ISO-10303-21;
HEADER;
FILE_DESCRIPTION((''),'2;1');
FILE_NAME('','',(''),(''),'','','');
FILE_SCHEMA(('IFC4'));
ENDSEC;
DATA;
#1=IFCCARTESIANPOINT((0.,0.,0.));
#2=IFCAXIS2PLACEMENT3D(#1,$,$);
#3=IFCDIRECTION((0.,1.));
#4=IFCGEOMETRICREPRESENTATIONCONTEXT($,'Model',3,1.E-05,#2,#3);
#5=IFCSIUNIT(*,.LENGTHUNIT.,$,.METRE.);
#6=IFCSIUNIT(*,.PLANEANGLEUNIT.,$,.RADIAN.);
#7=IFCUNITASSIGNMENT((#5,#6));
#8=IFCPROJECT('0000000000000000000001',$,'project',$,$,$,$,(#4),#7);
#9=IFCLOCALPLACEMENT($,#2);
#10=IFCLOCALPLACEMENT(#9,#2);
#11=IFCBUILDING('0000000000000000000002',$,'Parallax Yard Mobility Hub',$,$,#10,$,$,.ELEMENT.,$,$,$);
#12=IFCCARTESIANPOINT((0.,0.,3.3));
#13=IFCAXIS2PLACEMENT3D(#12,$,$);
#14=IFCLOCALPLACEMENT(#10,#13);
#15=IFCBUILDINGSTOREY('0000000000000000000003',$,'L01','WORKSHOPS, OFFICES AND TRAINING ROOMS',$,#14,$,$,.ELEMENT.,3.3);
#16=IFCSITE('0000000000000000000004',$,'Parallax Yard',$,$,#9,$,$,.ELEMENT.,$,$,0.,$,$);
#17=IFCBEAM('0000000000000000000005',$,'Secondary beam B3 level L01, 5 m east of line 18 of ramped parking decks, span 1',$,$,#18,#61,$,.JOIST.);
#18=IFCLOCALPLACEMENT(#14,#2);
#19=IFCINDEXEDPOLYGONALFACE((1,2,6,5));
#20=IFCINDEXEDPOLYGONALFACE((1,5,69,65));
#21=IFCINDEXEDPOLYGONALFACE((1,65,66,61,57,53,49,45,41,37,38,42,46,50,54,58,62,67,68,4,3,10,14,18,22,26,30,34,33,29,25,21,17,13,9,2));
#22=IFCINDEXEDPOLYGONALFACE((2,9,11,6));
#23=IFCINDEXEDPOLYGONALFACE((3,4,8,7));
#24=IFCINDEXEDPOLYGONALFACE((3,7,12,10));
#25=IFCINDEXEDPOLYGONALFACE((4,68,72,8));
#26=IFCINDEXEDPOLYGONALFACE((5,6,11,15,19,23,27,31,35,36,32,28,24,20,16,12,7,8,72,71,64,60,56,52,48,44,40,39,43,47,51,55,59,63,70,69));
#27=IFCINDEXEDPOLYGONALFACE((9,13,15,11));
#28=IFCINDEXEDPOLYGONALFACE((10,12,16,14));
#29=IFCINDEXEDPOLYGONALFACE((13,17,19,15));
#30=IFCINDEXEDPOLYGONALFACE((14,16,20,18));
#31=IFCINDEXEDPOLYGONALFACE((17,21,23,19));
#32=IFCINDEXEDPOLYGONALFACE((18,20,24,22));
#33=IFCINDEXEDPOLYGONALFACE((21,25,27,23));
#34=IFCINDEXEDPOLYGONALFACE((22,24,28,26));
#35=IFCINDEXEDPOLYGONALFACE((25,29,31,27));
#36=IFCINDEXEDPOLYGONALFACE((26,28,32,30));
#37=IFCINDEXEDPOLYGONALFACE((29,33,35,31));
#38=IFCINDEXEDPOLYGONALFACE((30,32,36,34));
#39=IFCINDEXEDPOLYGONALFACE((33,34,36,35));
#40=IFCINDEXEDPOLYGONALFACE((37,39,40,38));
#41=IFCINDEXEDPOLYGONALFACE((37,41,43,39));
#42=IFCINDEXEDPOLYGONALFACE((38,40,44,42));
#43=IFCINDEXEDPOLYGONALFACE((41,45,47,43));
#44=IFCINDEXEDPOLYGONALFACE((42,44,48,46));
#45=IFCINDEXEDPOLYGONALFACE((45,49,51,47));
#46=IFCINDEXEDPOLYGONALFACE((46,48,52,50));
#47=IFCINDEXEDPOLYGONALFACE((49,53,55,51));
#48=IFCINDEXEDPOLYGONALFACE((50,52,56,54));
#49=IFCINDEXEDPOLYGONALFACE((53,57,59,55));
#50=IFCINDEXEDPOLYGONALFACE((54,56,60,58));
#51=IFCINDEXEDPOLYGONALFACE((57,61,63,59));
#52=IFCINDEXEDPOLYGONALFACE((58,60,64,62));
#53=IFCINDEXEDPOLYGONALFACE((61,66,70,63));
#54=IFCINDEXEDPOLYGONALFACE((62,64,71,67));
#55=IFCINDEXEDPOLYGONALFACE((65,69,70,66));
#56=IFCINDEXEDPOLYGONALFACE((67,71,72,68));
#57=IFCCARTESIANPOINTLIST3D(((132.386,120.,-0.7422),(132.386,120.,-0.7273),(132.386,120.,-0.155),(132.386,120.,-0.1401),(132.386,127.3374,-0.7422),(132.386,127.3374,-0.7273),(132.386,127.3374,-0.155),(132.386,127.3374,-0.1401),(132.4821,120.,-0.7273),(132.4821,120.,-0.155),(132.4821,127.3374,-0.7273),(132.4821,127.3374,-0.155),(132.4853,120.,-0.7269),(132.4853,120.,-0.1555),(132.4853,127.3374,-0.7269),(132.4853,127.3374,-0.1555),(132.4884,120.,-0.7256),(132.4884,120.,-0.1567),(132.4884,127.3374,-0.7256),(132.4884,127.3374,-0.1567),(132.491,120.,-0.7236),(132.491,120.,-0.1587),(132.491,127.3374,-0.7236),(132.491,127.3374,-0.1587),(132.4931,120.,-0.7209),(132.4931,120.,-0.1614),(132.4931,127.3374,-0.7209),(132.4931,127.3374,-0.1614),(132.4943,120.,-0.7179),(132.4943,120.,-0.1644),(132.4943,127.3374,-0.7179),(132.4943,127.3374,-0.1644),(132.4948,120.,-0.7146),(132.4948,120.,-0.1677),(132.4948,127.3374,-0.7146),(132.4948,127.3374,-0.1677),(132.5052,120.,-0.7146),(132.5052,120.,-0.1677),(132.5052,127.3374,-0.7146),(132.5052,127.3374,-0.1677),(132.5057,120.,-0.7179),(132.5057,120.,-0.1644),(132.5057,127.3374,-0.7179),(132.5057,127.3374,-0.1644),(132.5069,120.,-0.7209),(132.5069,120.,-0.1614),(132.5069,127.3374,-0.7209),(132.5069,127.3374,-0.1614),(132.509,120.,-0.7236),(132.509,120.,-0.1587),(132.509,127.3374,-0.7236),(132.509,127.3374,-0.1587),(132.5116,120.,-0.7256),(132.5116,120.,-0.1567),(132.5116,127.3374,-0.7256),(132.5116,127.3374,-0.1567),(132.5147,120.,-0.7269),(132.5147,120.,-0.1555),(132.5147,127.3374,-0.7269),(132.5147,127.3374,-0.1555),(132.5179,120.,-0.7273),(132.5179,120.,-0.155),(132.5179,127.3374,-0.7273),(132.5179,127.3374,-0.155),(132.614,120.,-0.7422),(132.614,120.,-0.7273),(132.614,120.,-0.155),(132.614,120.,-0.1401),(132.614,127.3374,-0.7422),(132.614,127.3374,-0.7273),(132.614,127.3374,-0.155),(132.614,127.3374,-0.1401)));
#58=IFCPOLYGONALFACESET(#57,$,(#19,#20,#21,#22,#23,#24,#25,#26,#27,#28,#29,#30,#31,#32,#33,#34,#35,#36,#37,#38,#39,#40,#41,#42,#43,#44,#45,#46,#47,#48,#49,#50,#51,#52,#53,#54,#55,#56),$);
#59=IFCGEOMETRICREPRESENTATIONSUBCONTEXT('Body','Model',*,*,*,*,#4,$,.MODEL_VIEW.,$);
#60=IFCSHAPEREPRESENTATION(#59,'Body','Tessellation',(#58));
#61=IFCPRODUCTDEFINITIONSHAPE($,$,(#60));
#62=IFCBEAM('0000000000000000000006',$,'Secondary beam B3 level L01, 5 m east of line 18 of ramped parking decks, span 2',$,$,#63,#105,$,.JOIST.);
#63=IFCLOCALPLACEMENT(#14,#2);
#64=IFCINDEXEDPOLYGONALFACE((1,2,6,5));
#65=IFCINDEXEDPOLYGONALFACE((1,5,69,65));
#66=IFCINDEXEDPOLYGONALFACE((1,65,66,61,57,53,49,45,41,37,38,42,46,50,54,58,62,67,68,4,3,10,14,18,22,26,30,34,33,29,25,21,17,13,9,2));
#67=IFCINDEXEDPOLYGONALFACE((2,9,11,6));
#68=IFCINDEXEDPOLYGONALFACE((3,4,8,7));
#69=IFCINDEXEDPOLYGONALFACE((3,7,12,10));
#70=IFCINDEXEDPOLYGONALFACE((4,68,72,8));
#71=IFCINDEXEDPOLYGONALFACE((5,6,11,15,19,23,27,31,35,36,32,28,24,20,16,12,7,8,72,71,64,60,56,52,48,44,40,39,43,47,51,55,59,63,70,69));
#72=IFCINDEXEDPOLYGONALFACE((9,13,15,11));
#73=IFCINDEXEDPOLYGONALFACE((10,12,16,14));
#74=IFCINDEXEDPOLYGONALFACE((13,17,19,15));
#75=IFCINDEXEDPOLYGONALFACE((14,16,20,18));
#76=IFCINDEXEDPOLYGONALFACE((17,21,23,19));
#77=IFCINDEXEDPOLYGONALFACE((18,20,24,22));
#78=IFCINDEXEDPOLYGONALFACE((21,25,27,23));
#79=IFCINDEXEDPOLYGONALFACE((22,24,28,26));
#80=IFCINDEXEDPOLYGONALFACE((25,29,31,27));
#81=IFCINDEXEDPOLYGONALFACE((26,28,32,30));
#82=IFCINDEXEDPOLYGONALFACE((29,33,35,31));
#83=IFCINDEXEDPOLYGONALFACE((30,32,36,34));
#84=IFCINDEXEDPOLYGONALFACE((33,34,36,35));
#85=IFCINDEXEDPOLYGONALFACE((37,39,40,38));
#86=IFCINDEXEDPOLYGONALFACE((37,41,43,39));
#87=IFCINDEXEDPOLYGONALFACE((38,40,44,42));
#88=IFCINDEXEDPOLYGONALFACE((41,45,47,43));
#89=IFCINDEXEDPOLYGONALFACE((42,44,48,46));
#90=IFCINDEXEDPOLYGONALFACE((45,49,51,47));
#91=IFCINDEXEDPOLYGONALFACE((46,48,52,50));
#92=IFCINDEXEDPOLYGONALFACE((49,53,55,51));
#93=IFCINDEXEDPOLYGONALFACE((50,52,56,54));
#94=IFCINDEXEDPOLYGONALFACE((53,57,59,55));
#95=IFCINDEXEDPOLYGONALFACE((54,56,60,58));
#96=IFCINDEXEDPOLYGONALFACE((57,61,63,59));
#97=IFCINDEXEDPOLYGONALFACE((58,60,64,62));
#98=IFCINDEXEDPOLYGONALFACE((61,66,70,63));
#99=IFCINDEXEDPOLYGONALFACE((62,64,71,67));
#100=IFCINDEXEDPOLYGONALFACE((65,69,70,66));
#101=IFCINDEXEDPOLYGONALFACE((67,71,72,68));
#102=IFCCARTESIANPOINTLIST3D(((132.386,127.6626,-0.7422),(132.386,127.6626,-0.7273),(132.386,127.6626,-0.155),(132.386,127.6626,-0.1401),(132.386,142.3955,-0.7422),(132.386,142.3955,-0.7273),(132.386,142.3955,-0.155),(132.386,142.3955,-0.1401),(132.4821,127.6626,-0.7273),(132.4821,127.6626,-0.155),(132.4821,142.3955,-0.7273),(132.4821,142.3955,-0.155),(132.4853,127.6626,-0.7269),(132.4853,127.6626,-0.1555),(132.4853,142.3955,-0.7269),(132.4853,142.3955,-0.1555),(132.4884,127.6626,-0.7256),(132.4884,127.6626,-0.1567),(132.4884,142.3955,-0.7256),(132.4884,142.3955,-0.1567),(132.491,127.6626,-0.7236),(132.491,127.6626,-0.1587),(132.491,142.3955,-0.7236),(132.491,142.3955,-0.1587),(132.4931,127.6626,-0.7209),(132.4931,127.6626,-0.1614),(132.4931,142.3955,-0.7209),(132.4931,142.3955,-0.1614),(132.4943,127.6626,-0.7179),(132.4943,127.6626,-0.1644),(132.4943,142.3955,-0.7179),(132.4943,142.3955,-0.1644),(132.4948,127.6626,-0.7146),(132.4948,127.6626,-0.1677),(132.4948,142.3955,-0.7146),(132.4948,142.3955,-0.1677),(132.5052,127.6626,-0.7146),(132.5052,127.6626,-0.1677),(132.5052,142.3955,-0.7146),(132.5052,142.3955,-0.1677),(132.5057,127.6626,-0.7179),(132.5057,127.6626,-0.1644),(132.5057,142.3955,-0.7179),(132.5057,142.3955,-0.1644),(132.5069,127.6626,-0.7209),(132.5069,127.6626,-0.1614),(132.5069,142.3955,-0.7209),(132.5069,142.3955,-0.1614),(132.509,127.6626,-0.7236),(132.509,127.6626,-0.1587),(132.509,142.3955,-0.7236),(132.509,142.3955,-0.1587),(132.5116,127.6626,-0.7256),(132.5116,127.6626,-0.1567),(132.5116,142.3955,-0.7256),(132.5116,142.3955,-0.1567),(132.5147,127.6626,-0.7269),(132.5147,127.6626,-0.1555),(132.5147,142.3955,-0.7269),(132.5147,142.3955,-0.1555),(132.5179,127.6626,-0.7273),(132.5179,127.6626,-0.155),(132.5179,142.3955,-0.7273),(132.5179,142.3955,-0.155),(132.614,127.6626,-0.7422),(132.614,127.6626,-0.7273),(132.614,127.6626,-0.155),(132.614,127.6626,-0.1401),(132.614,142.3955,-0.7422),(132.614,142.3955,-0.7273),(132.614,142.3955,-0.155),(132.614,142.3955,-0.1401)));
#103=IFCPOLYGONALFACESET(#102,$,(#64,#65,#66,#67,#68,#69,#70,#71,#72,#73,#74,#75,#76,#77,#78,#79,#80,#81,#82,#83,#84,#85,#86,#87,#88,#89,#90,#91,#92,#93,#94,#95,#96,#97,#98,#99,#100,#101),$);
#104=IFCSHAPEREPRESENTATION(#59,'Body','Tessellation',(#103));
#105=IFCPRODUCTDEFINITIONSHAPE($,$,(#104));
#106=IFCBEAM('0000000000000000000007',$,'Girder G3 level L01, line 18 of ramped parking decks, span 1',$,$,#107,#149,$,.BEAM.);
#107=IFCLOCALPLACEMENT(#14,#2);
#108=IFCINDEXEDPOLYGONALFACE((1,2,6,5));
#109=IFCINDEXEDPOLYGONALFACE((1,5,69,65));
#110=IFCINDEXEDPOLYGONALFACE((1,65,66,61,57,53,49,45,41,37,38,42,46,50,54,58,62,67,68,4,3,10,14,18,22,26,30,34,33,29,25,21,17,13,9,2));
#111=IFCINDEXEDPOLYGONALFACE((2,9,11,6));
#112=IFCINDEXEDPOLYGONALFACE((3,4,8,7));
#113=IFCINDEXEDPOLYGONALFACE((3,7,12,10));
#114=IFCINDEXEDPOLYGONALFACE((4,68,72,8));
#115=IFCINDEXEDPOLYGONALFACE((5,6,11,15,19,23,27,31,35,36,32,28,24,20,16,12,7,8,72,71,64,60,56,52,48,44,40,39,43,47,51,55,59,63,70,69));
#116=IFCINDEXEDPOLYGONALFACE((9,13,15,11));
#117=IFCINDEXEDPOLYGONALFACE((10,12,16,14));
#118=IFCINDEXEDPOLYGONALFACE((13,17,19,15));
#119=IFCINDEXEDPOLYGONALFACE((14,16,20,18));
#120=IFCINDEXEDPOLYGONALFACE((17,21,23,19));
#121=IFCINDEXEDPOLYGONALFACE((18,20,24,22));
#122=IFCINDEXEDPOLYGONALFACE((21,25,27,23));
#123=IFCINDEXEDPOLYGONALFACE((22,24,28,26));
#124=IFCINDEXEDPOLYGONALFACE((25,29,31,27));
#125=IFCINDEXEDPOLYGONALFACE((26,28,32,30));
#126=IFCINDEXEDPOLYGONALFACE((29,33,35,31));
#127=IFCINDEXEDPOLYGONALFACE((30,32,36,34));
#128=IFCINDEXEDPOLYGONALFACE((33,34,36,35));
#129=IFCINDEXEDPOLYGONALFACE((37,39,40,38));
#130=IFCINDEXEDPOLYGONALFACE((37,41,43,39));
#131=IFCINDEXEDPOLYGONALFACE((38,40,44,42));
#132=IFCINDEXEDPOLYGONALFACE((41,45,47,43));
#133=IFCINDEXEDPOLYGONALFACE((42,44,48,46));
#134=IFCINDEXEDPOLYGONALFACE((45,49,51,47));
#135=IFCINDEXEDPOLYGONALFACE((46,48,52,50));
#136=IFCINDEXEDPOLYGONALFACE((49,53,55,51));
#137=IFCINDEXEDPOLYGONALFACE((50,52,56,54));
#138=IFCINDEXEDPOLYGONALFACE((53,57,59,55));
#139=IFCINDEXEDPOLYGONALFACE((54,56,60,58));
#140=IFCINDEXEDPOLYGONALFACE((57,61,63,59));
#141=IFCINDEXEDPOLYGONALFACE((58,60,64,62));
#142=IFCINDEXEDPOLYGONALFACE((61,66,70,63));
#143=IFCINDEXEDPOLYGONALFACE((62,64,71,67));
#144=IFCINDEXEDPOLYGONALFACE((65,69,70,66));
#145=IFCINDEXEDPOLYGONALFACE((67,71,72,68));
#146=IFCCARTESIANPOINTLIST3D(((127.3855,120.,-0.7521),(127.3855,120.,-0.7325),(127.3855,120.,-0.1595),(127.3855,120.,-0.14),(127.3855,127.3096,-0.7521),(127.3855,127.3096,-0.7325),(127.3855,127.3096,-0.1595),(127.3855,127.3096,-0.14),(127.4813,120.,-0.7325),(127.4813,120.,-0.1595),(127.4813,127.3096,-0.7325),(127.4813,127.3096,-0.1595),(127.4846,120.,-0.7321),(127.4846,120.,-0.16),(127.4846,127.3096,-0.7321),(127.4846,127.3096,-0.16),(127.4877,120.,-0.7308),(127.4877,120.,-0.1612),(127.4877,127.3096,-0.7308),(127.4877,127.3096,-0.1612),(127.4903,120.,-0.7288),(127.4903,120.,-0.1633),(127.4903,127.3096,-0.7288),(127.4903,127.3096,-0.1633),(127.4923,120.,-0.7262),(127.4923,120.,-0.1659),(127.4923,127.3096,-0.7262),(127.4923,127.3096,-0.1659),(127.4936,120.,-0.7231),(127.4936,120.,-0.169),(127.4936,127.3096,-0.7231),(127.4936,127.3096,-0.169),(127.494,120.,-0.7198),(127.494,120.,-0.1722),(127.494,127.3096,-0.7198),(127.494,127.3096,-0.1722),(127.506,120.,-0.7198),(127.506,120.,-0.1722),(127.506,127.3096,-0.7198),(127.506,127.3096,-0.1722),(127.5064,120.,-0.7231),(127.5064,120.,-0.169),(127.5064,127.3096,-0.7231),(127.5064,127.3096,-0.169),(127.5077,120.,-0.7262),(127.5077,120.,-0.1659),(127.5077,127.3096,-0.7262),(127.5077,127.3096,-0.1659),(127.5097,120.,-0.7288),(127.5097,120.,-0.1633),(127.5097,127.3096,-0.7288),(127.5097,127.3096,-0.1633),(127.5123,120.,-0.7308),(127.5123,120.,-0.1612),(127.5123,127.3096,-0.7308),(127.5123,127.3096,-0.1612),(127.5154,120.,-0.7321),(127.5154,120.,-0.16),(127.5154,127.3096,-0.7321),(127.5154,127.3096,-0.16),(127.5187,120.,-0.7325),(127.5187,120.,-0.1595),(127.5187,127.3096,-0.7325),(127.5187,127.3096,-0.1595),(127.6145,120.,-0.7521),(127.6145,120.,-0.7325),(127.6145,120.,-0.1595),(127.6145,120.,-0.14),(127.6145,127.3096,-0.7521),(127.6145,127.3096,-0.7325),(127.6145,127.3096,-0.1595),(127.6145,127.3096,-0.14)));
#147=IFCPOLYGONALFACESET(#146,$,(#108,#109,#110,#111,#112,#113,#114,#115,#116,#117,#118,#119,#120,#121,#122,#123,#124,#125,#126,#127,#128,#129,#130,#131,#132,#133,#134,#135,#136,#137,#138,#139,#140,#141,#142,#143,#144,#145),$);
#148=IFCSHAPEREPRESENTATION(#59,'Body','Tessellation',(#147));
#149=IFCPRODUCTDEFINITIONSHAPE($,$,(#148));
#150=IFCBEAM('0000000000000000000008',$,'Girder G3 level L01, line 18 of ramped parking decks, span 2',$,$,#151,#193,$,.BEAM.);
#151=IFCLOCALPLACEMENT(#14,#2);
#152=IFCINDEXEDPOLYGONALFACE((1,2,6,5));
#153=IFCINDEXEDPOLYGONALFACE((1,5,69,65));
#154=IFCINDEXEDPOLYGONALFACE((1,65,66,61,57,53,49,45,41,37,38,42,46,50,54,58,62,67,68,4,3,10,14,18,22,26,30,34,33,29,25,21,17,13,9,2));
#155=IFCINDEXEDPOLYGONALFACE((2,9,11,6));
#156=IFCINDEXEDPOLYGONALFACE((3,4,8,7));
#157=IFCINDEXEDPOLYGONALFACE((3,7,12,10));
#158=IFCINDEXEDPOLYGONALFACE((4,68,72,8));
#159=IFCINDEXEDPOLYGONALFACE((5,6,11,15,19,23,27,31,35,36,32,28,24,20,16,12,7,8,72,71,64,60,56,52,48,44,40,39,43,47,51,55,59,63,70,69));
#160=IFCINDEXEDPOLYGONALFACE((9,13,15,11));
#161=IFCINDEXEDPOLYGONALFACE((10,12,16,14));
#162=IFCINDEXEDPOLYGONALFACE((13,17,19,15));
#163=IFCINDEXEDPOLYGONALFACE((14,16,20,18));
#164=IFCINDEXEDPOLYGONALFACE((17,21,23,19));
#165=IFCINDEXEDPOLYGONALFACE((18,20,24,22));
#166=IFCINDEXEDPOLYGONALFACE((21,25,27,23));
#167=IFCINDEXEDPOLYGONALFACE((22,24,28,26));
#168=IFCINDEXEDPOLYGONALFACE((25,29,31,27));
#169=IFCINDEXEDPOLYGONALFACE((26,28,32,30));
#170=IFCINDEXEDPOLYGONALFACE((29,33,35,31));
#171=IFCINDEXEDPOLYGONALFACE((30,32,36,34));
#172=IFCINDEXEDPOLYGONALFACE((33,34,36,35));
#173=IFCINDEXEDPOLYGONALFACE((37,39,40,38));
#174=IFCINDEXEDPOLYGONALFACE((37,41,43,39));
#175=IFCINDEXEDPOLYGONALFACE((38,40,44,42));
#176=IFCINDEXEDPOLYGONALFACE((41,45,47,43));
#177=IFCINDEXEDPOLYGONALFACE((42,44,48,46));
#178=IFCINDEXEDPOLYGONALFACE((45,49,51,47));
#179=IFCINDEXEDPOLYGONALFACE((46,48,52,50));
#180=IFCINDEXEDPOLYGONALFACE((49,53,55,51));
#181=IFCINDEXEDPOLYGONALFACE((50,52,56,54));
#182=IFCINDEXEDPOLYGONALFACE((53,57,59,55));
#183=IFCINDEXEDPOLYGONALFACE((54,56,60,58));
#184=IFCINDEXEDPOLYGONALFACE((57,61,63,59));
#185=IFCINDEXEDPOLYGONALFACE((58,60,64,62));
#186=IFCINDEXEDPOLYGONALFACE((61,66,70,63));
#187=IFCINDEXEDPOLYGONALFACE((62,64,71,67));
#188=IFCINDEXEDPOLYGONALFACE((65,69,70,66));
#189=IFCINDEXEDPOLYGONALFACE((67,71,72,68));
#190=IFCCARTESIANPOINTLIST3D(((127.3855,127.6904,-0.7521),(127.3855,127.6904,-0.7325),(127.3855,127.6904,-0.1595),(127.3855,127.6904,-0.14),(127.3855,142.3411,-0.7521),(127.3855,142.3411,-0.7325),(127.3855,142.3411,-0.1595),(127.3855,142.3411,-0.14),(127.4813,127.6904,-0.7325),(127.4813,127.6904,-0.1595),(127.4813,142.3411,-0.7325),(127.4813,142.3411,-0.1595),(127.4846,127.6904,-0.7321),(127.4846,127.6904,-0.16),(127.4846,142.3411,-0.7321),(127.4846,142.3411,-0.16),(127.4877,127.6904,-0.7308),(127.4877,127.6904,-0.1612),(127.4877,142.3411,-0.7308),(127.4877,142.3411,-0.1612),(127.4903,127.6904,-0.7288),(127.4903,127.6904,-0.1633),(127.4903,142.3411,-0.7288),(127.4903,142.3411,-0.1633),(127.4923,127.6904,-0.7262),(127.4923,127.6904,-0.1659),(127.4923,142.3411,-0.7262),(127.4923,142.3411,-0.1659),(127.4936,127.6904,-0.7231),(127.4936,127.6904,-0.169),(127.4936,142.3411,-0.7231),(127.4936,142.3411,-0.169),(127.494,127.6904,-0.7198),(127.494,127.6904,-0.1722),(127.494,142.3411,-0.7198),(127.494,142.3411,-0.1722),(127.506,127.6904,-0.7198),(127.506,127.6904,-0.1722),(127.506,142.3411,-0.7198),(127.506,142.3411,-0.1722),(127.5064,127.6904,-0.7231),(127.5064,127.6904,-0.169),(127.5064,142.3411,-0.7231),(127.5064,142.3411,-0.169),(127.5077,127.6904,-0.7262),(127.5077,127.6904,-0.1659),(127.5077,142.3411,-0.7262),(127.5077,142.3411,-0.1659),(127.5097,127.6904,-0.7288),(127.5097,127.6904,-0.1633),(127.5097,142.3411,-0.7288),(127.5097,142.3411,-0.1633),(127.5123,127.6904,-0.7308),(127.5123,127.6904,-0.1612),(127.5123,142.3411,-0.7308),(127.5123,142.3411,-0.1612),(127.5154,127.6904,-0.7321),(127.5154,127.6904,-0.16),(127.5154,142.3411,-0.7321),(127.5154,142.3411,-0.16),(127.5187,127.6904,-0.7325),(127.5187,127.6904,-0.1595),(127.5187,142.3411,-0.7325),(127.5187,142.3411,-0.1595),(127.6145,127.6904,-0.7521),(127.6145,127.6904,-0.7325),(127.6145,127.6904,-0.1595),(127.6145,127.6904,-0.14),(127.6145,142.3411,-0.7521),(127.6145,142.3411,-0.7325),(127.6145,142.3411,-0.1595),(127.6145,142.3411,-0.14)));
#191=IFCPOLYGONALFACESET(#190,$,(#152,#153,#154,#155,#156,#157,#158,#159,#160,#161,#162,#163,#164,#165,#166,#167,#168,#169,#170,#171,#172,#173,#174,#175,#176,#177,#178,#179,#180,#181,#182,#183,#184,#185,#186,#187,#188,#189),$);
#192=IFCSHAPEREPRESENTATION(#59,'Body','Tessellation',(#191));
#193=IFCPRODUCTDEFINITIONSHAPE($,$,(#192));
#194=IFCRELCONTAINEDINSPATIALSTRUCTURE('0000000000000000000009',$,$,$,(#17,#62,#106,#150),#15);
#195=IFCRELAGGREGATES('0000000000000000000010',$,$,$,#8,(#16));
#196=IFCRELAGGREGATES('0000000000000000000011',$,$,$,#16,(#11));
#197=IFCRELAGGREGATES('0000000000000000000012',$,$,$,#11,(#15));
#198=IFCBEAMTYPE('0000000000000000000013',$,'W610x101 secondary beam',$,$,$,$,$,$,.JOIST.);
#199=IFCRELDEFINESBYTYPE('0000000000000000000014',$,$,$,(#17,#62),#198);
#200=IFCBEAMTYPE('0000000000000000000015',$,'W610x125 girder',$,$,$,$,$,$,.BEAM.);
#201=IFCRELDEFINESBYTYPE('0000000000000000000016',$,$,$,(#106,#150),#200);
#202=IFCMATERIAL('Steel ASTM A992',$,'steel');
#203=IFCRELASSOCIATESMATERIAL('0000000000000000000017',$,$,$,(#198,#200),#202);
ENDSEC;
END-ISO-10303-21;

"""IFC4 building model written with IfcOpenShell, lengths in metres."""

from ifc_helpers import new_model, si_unit, direction, frame, origin, origin_2d, place, context, subcontext, project, spatial, i_section, extrude, material, material_profile, profile_set, type_object, element, save


model = new_model("IFC4")

# Units and contexts
model_context = context("Model", 3, precision=1e-05, world=origin(), true_north=direction((0.0, 1.0)))
body_context = subcontext(model_context, "Body", "Model", "MODEL_VIEW")
ifc_project = project(units=[si_unit("LENGTHUNIT", "METRE"), si_unit("PLANEANGLEUNIT", "RADIAN")], contexts=[model_context])

# Site, building, storey
site_placement = place(None, origin())
site = spatial("IfcSite", under=ifc_project, at=site_placement, Name="Parallax Yard", CompositionType="ELEMENT", RefElevation=0.0)
building_placement = place(site_placement, origin())
building = spatial("IfcBuilding", under=site, at=building_placement, Name="Parallax Yard Mobility Hub", CompositionType="ELEMENT")
storey_placement = place(building_placement, frame((0.0, 0.0, 3.3)))
storey = spatial("IfcBuildingStorey", under=building, at=storey_placement, Name="L01", Description="WORKSHOPS, OFFICES AND TRAINING ROOMS", CompositionType="ELEMENT", Elevation=3.3)

# Shared definitions
ifc_material_1 = material(Name="Steel ASTM A992", Category="steel")

# Beams
ifc_material_profile_1 = material_profile(ifc_material_1, i_section(OverallWidth=0.228, OverallDepth=0.6021, WebThickness=0.0105, FlangeThickness=0.0149, FilletRadius=0.0127, at=origin_2d()), Name="W610x101")
ifc_profile_set_1 = profile_set([ifc_material_profile_1], Name="Steel ASTM A992")
beam_type_1 = type_object("IfcBeamType", Name="W610x101 secondary beam", PredefinedType="JOIST", material=ifc_profile_set_1)
beam_1_placement = place(storey_placement, frame((132.5, 120.0, -0.4412), z_axis=(0.0, 1.0, 0.0), x_axis=(-1.0, 0.0, 0.0)))
element("IfcBeam", 1, at=beam_1_placement, inside=storey, type_object=beam_type_1, Name="Secondary beam B3 level L01, 5 m east of line 18 of ramped parking decks, span 1", PredefinedType="JOIST", context=body_context, shape_type="SweptSolid", body=[
    extrude(i_section(OverallWidth=0.228, OverallDepth=0.6021, WebThickness=0.0105, FlangeThickness=0.0149, FilletRadius=0.0127, at=origin_2d()), origin(), (0.0, 0.0, 1.0), 7.3374),
])
beam_2_placement = place(storey_placement, frame((132.5, 127.6626, -0.4412), z_axis=(0.0, 1.0, 0.0), x_axis=(-1.0, 0.0, 0.0)))
element("IfcBeam", 2, at=beam_2_placement, inside=storey, type_object=beam_type_1, Name="Secondary beam B3 level L01, 5 m east of line 18 of ramped parking decks, span 2", PredefinedType="JOIST", context=body_context, shape_type="SweptSolid", body=[
    extrude(i_section(OverallWidth=0.228, OverallDepth=0.6021, WebThickness=0.0105, FlangeThickness=0.0149, FilletRadius=0.0127, at=origin_2d()), origin(), (0.0, 0.0, 1.0), 14.7329),
])
ifc_material_profile_2 = material_profile(ifc_material_1, i_section(OverallWidth=0.229, OverallDepth=0.6121, WebThickness=0.012, FlangeThickness=0.0195, FilletRadius=0.0127, at=origin_2d()), Name="W610x125")
ifc_profile_set_2 = profile_set([ifc_material_profile_2], Name="Steel ASTM A992")
beam_type_2 = type_object("IfcBeamType", Name="W610x125 girder", PredefinedType="BEAM", material=ifc_profile_set_2)
beam_3_placement = place(storey_placement, frame((127.5, 120.0, -0.446), z_axis=(0.0, 1.0, 0.0), x_axis=(-1.0, 0.0, 0.0)))
element("IfcBeam", 3, at=beam_3_placement, inside=storey, type_object=beam_type_2, Name="Girder G3 level L01, line 18 of ramped parking decks, span 1", PredefinedType="BEAM", context=body_context, shape_type="SweptSolid", body=[
    extrude(i_section(OverallWidth=0.229, OverallDepth=0.6121, WebThickness=0.012, FlangeThickness=0.0195, FilletRadius=0.0127, at=origin_2d()), origin(), (0.0, 0.0, 1.0), 7.3096),
])
beam_4_placement = place(storey_placement, frame((127.5, 127.6904, -0.446), z_axis=(0.0, 1.0, 0.0), x_axis=(-1.0, 0.0, 0.0)))
element("IfcBeam", 4, at=beam_4_placement, inside=storey, type_object=beam_type_2, Name="Girder G3 level L01, line 18 of ramped parking decks, span 2", PredefinedType="BEAM", context=body_context, shape_type="SweptSolid", body=[
    extrude(i_section(OverallWidth=0.229, OverallDepth=0.6121, WebThickness=0.012, FlangeThickness=0.0195, FilletRadius=0.0127, at=origin_2d()), origin(), (0.0, 0.0, 1.0), 14.6506),
])

save(model, "model.ifc")
